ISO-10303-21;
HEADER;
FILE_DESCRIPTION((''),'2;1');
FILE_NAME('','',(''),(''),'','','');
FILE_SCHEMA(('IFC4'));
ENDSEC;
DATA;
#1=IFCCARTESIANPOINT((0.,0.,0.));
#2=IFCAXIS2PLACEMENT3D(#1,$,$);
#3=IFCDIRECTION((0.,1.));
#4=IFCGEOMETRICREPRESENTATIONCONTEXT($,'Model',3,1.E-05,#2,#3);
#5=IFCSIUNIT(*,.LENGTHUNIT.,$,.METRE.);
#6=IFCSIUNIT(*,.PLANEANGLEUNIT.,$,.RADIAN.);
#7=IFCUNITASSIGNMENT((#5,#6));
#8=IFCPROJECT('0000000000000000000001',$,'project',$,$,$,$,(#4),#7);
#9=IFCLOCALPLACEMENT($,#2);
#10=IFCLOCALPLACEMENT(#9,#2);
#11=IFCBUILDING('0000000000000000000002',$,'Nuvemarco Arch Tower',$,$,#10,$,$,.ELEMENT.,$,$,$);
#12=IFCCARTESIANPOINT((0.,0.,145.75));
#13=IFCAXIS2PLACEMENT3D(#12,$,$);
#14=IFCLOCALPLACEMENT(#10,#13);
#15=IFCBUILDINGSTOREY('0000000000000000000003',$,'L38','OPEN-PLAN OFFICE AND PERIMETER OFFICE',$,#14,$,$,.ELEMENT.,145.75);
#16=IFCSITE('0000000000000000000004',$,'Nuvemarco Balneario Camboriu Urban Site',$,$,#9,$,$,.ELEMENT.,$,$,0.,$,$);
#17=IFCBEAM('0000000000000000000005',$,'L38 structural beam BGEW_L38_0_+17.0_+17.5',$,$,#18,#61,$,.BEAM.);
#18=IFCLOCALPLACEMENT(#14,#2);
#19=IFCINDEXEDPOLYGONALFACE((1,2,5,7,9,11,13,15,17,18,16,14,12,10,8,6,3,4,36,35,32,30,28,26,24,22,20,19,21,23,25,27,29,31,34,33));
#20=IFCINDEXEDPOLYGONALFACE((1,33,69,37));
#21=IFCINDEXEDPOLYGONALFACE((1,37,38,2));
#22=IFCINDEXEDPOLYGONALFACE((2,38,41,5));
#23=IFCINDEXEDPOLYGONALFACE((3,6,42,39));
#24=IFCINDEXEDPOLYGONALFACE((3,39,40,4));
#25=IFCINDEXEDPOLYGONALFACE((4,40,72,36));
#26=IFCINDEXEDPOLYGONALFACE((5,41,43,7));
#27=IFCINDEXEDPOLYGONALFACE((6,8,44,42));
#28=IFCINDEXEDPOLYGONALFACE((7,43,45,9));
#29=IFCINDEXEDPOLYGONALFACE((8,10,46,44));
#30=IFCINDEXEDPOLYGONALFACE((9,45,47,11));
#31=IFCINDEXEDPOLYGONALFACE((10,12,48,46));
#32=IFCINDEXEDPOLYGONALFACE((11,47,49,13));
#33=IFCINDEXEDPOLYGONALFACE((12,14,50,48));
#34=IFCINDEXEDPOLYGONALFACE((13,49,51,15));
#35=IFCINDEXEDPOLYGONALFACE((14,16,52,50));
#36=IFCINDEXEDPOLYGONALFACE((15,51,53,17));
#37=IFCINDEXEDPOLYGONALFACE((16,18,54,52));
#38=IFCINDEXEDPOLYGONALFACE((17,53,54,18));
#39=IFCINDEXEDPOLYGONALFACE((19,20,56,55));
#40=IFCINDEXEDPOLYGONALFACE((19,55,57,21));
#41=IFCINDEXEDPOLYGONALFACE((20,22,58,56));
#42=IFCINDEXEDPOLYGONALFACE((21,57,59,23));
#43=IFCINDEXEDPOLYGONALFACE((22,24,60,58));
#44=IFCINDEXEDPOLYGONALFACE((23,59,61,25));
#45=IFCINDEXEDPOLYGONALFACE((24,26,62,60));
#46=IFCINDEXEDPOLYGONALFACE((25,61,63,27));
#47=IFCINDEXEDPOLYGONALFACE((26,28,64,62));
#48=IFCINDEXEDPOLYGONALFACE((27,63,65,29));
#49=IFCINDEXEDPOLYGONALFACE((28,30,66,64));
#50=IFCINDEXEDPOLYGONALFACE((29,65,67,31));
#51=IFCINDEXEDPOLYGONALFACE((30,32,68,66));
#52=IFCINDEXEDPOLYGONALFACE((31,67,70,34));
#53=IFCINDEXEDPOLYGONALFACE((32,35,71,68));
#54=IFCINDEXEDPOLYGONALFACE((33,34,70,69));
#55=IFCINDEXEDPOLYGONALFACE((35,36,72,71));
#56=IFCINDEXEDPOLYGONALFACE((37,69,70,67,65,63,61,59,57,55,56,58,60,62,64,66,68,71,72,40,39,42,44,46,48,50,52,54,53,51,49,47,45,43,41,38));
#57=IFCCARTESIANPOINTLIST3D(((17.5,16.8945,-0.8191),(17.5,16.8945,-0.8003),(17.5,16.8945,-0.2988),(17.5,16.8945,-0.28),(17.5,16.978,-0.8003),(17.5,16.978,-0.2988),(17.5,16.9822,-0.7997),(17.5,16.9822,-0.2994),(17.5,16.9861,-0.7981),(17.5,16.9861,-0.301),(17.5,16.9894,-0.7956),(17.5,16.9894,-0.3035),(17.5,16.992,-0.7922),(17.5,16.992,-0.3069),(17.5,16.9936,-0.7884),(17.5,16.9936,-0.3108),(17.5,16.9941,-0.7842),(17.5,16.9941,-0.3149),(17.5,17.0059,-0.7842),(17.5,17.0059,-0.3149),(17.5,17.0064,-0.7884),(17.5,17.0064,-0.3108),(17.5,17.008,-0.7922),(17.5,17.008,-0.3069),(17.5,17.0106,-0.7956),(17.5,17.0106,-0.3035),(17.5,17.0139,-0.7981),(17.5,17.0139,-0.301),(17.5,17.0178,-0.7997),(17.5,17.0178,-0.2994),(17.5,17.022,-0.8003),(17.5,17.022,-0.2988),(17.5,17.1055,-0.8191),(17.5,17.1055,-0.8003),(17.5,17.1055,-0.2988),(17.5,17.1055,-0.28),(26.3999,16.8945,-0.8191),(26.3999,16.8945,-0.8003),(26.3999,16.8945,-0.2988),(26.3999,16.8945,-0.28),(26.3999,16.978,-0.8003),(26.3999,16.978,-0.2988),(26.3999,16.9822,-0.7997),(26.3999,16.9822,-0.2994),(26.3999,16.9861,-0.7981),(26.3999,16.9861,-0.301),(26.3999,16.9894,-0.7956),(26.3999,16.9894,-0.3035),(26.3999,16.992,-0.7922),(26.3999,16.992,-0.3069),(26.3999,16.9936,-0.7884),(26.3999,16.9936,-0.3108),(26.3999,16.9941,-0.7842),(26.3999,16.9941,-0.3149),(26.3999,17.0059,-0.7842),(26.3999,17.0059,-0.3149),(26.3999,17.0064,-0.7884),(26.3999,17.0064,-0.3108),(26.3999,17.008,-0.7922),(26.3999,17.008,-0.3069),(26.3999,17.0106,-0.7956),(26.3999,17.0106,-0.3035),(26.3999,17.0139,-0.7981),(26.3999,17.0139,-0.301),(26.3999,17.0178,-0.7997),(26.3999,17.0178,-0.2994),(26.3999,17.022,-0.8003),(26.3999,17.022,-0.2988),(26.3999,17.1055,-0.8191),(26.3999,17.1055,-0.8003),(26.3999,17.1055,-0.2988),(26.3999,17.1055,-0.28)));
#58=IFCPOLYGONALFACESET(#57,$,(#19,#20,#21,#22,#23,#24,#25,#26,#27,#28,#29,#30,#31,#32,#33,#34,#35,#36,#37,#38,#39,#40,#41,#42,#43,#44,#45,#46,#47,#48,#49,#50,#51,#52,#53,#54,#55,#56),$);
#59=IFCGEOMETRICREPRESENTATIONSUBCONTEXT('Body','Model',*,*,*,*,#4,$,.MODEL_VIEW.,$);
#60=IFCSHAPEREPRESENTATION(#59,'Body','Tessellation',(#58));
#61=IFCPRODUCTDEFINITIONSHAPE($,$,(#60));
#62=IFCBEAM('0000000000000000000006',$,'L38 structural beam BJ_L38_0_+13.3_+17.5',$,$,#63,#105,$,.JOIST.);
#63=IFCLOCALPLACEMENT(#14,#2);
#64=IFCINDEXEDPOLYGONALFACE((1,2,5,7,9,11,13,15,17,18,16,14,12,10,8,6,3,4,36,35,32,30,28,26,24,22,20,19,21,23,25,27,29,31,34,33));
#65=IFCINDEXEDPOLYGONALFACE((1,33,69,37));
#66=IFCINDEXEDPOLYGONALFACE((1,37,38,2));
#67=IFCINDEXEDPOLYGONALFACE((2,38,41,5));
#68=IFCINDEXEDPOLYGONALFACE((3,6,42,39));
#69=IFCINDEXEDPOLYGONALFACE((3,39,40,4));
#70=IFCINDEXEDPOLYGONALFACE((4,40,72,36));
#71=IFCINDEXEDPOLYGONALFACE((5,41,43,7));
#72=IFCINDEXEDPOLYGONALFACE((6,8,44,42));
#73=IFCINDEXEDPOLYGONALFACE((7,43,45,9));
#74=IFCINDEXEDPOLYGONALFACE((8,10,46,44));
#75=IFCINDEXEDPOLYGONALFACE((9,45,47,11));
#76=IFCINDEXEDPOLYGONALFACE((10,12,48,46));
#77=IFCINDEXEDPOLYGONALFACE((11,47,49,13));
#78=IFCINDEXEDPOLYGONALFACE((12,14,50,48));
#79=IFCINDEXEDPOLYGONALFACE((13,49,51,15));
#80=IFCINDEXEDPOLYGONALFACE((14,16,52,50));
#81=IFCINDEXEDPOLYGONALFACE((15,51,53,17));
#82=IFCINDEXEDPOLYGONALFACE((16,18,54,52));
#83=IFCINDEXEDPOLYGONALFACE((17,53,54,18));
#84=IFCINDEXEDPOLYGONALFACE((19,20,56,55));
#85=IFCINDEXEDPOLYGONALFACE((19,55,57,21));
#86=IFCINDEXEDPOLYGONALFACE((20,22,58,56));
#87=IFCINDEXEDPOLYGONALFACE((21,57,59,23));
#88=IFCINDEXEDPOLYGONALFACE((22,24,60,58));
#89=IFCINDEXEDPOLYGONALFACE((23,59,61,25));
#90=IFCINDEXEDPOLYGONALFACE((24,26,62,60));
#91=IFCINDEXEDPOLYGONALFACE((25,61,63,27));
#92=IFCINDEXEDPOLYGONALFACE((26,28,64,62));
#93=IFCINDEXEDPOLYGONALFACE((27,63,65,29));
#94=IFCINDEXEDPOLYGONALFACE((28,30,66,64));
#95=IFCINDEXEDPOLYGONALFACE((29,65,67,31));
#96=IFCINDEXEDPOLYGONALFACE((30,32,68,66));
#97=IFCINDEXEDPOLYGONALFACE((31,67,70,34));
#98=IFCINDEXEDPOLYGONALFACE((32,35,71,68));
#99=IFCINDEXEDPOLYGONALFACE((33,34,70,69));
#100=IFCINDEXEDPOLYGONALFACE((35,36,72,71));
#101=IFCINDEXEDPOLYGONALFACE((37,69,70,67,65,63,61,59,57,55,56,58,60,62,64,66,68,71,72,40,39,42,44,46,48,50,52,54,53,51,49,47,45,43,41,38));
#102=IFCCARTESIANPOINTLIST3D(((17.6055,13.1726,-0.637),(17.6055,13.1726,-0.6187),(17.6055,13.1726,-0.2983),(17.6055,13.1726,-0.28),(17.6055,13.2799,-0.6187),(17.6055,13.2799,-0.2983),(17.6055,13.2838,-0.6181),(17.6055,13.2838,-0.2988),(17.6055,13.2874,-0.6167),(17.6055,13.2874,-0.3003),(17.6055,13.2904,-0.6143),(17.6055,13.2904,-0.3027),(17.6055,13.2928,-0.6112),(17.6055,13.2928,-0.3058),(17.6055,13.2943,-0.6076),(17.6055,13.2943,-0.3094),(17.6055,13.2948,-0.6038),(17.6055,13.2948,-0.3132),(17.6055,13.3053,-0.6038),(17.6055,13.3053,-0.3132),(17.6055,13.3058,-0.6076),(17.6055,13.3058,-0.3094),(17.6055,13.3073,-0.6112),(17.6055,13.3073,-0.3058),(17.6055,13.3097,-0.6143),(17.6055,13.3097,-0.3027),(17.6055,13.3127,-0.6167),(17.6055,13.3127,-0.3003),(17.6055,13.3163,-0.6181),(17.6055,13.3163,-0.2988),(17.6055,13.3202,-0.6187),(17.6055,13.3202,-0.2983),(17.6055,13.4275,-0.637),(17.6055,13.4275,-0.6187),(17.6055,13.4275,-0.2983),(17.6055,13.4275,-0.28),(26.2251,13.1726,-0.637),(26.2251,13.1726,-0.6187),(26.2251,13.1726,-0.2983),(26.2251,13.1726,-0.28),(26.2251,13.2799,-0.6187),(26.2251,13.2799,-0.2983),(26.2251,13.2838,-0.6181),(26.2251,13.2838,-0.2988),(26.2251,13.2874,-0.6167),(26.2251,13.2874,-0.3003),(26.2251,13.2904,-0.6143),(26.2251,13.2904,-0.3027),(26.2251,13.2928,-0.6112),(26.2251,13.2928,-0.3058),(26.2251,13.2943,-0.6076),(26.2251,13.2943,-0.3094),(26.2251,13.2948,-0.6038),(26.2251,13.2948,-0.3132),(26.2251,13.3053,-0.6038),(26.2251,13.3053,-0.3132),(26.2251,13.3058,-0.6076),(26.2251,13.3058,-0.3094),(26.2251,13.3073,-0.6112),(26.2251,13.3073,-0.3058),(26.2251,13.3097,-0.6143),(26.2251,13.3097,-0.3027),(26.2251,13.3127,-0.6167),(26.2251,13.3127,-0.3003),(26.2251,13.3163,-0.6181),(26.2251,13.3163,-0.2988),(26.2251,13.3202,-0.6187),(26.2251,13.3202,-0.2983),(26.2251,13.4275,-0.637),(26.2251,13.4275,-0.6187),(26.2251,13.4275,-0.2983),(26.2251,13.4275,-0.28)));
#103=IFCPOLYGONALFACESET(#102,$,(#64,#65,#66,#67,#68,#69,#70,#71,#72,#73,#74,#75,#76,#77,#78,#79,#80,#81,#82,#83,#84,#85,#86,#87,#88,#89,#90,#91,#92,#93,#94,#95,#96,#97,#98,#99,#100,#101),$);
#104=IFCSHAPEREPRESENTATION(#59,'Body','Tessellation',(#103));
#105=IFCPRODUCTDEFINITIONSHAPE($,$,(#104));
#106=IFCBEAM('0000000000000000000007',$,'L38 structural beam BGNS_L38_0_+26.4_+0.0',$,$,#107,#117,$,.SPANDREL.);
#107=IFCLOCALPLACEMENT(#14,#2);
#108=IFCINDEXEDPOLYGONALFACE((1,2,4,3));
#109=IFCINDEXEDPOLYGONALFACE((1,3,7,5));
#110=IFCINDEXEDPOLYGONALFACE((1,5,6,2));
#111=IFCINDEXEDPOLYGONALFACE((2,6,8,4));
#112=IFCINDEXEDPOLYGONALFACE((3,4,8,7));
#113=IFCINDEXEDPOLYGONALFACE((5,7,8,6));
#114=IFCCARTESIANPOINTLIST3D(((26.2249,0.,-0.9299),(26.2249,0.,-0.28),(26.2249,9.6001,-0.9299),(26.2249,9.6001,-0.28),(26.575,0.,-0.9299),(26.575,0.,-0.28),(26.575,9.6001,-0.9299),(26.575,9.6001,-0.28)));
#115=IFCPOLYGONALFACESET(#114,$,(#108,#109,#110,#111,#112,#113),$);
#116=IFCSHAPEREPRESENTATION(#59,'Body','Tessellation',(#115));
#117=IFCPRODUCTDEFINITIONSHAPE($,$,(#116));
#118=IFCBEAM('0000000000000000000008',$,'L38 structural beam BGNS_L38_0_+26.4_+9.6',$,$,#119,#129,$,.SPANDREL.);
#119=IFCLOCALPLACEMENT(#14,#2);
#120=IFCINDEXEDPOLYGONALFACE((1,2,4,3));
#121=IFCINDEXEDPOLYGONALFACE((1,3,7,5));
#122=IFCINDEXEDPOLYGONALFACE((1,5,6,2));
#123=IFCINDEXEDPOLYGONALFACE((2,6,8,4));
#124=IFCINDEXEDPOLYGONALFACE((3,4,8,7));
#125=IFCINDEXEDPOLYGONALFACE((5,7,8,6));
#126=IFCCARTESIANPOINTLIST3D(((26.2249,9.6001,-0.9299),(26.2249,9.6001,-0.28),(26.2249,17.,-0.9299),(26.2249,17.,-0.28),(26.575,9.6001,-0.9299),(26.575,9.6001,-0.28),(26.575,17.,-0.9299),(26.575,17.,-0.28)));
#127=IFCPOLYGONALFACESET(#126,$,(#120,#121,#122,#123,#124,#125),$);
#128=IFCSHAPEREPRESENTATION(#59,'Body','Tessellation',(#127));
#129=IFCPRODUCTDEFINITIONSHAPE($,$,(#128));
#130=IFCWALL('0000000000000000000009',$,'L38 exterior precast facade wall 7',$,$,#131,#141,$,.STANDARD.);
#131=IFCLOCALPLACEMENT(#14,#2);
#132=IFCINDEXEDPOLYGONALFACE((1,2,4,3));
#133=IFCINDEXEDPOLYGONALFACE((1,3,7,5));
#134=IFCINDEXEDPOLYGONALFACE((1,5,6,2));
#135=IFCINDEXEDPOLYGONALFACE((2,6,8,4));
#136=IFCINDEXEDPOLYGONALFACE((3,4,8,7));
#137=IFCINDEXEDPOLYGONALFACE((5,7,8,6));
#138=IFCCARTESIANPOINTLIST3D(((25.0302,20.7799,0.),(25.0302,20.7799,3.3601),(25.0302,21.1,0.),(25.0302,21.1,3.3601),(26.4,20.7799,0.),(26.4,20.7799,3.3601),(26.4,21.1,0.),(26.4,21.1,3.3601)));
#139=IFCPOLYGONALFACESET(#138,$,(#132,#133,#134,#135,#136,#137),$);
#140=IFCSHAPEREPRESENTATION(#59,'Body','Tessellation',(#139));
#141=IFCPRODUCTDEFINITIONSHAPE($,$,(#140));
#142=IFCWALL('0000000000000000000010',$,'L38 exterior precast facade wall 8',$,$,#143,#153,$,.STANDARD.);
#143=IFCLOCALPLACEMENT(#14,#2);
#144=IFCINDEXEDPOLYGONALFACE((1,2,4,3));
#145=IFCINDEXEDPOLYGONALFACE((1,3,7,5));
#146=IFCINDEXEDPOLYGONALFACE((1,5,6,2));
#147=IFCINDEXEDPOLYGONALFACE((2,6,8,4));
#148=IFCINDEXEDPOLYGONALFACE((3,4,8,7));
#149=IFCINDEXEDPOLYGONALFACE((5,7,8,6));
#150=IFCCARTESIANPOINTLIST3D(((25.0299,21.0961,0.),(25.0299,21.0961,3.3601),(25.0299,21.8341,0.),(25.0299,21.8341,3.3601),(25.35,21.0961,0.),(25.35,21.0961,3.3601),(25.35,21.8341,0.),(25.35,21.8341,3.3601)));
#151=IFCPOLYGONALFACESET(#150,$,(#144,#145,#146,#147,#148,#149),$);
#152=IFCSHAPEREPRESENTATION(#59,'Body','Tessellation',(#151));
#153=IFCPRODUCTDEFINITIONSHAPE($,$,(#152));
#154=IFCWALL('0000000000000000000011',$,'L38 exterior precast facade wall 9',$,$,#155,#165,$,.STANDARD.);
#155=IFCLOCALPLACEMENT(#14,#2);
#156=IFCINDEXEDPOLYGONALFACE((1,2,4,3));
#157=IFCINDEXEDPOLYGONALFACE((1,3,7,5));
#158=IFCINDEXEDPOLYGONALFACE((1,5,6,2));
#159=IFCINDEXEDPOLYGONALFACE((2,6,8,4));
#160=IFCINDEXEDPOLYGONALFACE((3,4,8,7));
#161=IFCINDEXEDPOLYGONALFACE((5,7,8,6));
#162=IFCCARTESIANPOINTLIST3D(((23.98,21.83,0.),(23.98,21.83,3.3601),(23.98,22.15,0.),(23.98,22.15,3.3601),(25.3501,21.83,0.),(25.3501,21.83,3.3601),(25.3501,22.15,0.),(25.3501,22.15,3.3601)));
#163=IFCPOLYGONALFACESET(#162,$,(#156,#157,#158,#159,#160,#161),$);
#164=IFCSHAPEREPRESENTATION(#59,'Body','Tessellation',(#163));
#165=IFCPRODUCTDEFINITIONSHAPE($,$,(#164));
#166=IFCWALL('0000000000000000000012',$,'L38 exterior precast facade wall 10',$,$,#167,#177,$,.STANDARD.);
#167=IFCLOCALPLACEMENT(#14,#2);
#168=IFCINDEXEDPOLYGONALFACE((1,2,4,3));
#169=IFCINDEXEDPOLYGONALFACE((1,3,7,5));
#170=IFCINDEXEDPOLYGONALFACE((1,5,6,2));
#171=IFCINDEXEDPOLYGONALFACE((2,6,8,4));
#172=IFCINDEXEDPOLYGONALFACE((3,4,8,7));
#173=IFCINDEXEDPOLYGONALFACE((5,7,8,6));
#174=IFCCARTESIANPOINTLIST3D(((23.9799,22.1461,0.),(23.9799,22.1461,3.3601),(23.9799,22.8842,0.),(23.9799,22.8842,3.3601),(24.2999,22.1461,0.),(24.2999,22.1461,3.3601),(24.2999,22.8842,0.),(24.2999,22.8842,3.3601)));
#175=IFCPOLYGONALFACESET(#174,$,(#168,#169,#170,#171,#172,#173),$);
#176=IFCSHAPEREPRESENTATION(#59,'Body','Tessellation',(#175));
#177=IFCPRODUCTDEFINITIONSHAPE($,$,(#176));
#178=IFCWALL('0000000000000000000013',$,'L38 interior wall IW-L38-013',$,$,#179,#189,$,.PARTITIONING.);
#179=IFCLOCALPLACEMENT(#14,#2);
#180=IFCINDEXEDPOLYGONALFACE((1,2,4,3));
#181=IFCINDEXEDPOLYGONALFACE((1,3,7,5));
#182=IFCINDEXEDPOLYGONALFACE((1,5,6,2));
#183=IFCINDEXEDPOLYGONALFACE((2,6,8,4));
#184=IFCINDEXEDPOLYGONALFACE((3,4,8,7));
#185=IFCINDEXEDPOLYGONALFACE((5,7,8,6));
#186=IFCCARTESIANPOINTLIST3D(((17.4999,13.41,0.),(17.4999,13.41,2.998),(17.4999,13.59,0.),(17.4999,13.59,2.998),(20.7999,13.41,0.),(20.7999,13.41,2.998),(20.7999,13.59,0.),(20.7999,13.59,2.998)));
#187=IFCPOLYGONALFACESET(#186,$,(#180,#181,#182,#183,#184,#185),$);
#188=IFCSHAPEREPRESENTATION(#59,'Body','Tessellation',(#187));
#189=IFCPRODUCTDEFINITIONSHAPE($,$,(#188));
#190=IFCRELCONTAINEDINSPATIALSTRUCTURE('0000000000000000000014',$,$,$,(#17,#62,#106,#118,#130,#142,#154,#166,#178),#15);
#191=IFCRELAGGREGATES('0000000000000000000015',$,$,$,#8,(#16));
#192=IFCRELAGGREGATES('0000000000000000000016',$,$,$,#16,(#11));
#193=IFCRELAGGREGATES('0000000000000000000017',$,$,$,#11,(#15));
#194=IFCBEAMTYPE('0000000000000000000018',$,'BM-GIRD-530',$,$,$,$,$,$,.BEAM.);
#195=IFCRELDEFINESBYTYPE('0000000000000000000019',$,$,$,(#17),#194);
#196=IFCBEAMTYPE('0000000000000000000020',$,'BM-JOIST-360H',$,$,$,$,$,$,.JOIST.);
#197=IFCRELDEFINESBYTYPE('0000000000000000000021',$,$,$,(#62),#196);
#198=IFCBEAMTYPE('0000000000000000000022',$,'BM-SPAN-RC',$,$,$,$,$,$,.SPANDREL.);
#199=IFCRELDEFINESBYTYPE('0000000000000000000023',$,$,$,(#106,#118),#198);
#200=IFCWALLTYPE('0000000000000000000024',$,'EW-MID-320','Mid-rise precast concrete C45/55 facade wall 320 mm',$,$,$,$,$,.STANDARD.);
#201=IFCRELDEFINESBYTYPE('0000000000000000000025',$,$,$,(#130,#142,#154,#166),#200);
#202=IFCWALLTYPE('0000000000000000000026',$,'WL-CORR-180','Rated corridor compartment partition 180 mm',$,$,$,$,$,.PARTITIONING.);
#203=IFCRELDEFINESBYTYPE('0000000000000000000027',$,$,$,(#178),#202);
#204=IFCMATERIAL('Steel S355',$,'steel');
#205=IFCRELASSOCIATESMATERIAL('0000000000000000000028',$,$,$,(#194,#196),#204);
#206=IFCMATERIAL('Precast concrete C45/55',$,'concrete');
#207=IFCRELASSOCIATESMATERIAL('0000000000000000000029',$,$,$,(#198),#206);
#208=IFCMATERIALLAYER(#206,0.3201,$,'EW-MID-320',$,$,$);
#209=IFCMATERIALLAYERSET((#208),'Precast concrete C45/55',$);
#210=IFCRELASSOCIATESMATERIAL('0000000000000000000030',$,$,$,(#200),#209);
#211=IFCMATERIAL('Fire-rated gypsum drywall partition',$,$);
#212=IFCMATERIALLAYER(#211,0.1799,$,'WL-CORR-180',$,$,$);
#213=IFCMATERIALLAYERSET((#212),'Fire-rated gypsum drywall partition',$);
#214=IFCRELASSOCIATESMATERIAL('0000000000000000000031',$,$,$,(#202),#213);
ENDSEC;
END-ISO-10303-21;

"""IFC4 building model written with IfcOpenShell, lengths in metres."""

from ifc_helpers import new_model, si_unit, direction, frame, frame_2d, origin, origin_2d, place, context, subcontext, project, spatial, rectangle, i_section, extrude, material, layer, layer_set, material_profile, profile_set, type_object, element, save


model = new_model("IFC4")

# Units and contexts
model_context = context("Model", 3, precision=1e-05, world=origin(), true_north=direction((0.0, 1.0)))
body_context = subcontext(model_context, "Body", "Model", "MODEL_VIEW")
ifc_project = project(units=[si_unit("LENGTHUNIT", "METRE"), si_unit("PLANEANGLEUNIT", "RADIAN")], contexts=[model_context])

# Site, building, storey
site_placement = place(None, origin())
site = spatial("IfcSite", under=ifc_project, at=site_placement, Name="Nuvemarco Balneario Camboriu Urban Site", CompositionType="ELEMENT", RefElevation=0.0)
building_placement = place(site_placement, origin())
building = spatial("IfcBuilding", under=site, at=building_placement, Name="Nuvemarco Arch Tower", CompositionType="ELEMENT")
storey_placement = place(building_placement, frame((0.0, 0.0, 145.75)))
storey = spatial("IfcBuildingStorey", under=building, at=storey_placement, Name="L38", Description="OPEN-PLAN OFFICE AND PERIMETER OFFICE", CompositionType="ELEMENT", Elevation=145.75)

# Shared definitions
ifc_material_1 = material(Name="Steel S355", Category="steel")

# Beams
ifc_material_profile_1 = material_profile(ifc_material_1, i_section(OverallWidth=0.2109, OverallDepth=0.5391, WebThickness=0.0117, FlangeThickness=0.0188, FilletRadius=0.0161, at=origin_2d()), Name="W530x109")
ifc_profile_set_1 = profile_set([ifc_material_profile_1], Name="Steel S355")
beam_type_1 = type_object("IfcBeamType", Name="BM-GIRD-530", PredefinedType="BEAM", material=ifc_profile_set_1)
for number, where, z_axis, x_axis, name in (
    (1, (17.5, 17.0, -0.5496), (1.0, 0.0, 0.0), (0.0, 1.0, 0.0), "L38 structural beam BGEW_L38_0_+17.0_+17.5"),
):
    element("IfcBeam", number, at=place(storey_placement, frame(where, z_axis=z_axis, x_axis=x_axis)), inside=storey, type_object=beam_type_1, Name=name, PredefinedType="BEAM", context=body_context, shape_type="SweptSolid", body=[
        extrude(i_section(OverallWidth=0.2109, OverallDepth=0.5391, WebThickness=0.0117, FlangeThickness=0.0188, FilletRadius=0.0161, at=origin_2d()), origin(), (0.0, 0.0, 1.0), 8.8999),
    ])
ifc_material_profile_2 = material_profile(ifc_material_1, i_section(OverallWidth=0.2549, OverallDepth=0.3569, WebThickness=0.0105, FlangeThickness=0.0183, FilletRadius=0.0149, at=origin_2d()), Name="W360x101")
ifc_profile_set_2 = profile_set([ifc_material_profile_2], Name="Steel S355")
beam_type_2 = type_object("IfcBeamType", Name="BM-JOIST-360H", PredefinedType="JOIST", material=ifc_profile_set_2)
beam_1_placement = place(storey_placement, frame((17.6055, 13.3, -0.4585), z_axis=(1.0, 0.0, 0.0), x_axis=(0.0, 1.0, 0.0)))
element("IfcBeam", 2, at=beam_1_placement, inside=storey, type_object=beam_type_2, Name="L38 structural beam BJ_L38_0_+13.3_+17.5", PredefinedType="JOIST", context=body_context, shape_type="SweptSolid", body=[
    extrude(i_section(OverallWidth=0.2549, OverallDepth=0.3569, WebThickness=0.0105, FlangeThickness=0.0183, FilletRadius=0.0149, at=origin_2d()), origin(), (0.0, 0.0, 1.0), 8.6196),
])
ifc_material_2 = material(Name="Precast concrete C45/55", Category="concrete")
ifc_material_profile_3 = material_profile(ifc_material_2, rectangle(XDim=0.3501, YDim=0.6499, at=origin_2d()), Name="PC-SP-350x650")
ifc_profile_set_3 = profile_set([ifc_material_profile_3], Name="Precast concrete C45/55")
beam_type_3 = type_object("IfcBeamType", Name="BM-SPAN-RC", PredefinedType="SPANDREL", material=ifc_profile_set_3)
beam_2_placement = place(storey_placement, frame((26.3999, 0.0, -0.605), z_axis=(0.0, 1.0, 0.0), x_axis=(-1.0, 0.0, 0.0)))
element("IfcBeam", 3, at=beam_2_placement, inside=storey, type_object=beam_type_3, Name="L38 structural beam BGNS_L38_0_+26.4_+0.0", PredefinedType="SPANDREL", context=body_context, shape_type="SweptSolid", body=[
    extrude(rectangle(XDim=0.3501, YDim=0.6499, at=origin_2d()), origin(), (0.0, 0.0, 1.0), 9.6001),
])
beam_3_placement = place(storey_placement, frame((26.3999, 9.6001, -0.605), z_axis=(0.0, 1.0, 0.0), x_axis=(-1.0, 0.0, 0.0)))
element("IfcBeam", 4, at=beam_3_placement, inside=storey, type_object=beam_type_3, Name="L38 structural beam BGNS_L38_0_+26.4_+9.6", PredefinedType="SPANDREL", context=body_context, shape_type="SweptSolid", body=[
    extrude(rectangle(XDim=0.3501, YDim=0.6499, at=origin_2d()), origin(), (0.0, 0.0, 1.0), 7.3999),
])

# Walls
ifc_layer_1 = layer(ifc_material_2, 0.3201, Name="EW-MID-320")
ifc_layer_set_1 = layer_set([ifc_layer_1], Name="Precast concrete C45/55")
wall_type_1 = type_object("IfcWallType", Name="EW-MID-320", Description="Mid-rise precast concrete C45/55 facade wall 320 mm", PredefinedType="STANDARD", material=ifc_layer_set_1)
wall_1_placement = place(storey_placement, frame((25.03, 20.9399, 0.0), z_axis=(0.0, 0.0, 1.0), x_axis=(1.0, 0.0, 0.0)))
element("IfcWall", 5, at=wall_1_placement, inside=storey, type_object=wall_type_1, Name="L38 exterior precast facade wall 7", PredefinedType="STANDARD", context=body_context, shape_type="SweptSolid", body=[
    extrude(rectangle(XDim=1.3699, YDim=0.3201, at=frame_2d((0.6851, 0.0))), origin(), (0.0, 0.0, 1.0), 3.3601),
])
wall_2_placement = place(storey_placement, frame((25.1899, 21.0959, 0.0), z_axis=(0.0, 0.0, 1.0), x_axis=(0.0, 1.0, 0.0)))
element("IfcWall", 6, at=wall_2_placement, inside=storey, type_object=wall_type_1, Name="L38 exterior precast facade wall 8", PredefinedType="STANDARD", context=body_context, shape_type="SweptSolid", body=[
    extrude(rectangle(XDim=0.738, YDim=0.3201, at=frame_2d((0.3691, 0.0))), origin(), (0.0, 0.0, 1.0), 3.3601),
])
wall_3_placement = place(storey_placement, frame((23.98, 21.99, 0.0), z_axis=(0.0, 0.0, 1.0), x_axis=(1.0, 0.0, 0.0)))
element("IfcWall", 7, at=wall_3_placement, inside=storey, type_object=wall_type_1, Name="L38 exterior precast facade wall 9", PredefinedType="STANDARD", context=body_context, shape_type="SweptSolid", body=[
    extrude(rectangle(XDim=1.3701, YDim=0.3201, at=frame_2d((0.6851, 0.0))), origin(), (0.0, 0.0, 1.0), 3.3601),
])
wall_4_placement = place(storey_placement, frame((24.1399, 22.146, 0.0), z_axis=(0.0, 0.0, 1.0), x_axis=(0.0, 1.0, 0.0)))
element("IfcWall", 8, at=wall_4_placement, inside=storey, type_object=wall_type_1, Name="L38 exterior precast facade wall 10", PredefinedType="STANDARD", context=body_context, shape_type="SweptSolid", body=[
    extrude(rectangle(XDim=0.738, YDim=0.3201, at=frame_2d((0.3691, 0.0))), origin(), (0.0, 0.0, 1.0), 3.3601),
])
ifc_material_3 = material(Name="Fire-rated gypsum drywall partition")
ifc_layer_2 = layer(ifc_material_3, 0.1799, Name="WL-CORR-180")
ifc_layer_set_2 = layer_set([ifc_layer_2], Name="Fire-rated gypsum drywall partition")
wall_type_2 = type_object("IfcWallType", Name="WL-CORR-180", Description="Rated corridor compartment partition 180 mm", PredefinedType="PARTITIONING", material=ifc_layer_set_2)
wall_5_placement = place(storey_placement, frame((17.5, 13.5, 0.0), z_axis=(0.0, 0.0, 1.0), x_axis=(1.0, 0.0, 0.0)))
element("IfcWall", 9, at=wall_5_placement, inside=storey, type_object=wall_type_2, Name="L38 interior wall IW-L38-013", PredefinedType="PARTITIONING", context=body_context, shape_type="SweptSolid", body=[
    extrude(rectangle(XDim=3.3, YDim=0.1799, at=frame_2d((1.6499, 0.0))), origin(), (0.0, 0.0, 1.0), 2.998),
])

save(model, "model.ifc")
